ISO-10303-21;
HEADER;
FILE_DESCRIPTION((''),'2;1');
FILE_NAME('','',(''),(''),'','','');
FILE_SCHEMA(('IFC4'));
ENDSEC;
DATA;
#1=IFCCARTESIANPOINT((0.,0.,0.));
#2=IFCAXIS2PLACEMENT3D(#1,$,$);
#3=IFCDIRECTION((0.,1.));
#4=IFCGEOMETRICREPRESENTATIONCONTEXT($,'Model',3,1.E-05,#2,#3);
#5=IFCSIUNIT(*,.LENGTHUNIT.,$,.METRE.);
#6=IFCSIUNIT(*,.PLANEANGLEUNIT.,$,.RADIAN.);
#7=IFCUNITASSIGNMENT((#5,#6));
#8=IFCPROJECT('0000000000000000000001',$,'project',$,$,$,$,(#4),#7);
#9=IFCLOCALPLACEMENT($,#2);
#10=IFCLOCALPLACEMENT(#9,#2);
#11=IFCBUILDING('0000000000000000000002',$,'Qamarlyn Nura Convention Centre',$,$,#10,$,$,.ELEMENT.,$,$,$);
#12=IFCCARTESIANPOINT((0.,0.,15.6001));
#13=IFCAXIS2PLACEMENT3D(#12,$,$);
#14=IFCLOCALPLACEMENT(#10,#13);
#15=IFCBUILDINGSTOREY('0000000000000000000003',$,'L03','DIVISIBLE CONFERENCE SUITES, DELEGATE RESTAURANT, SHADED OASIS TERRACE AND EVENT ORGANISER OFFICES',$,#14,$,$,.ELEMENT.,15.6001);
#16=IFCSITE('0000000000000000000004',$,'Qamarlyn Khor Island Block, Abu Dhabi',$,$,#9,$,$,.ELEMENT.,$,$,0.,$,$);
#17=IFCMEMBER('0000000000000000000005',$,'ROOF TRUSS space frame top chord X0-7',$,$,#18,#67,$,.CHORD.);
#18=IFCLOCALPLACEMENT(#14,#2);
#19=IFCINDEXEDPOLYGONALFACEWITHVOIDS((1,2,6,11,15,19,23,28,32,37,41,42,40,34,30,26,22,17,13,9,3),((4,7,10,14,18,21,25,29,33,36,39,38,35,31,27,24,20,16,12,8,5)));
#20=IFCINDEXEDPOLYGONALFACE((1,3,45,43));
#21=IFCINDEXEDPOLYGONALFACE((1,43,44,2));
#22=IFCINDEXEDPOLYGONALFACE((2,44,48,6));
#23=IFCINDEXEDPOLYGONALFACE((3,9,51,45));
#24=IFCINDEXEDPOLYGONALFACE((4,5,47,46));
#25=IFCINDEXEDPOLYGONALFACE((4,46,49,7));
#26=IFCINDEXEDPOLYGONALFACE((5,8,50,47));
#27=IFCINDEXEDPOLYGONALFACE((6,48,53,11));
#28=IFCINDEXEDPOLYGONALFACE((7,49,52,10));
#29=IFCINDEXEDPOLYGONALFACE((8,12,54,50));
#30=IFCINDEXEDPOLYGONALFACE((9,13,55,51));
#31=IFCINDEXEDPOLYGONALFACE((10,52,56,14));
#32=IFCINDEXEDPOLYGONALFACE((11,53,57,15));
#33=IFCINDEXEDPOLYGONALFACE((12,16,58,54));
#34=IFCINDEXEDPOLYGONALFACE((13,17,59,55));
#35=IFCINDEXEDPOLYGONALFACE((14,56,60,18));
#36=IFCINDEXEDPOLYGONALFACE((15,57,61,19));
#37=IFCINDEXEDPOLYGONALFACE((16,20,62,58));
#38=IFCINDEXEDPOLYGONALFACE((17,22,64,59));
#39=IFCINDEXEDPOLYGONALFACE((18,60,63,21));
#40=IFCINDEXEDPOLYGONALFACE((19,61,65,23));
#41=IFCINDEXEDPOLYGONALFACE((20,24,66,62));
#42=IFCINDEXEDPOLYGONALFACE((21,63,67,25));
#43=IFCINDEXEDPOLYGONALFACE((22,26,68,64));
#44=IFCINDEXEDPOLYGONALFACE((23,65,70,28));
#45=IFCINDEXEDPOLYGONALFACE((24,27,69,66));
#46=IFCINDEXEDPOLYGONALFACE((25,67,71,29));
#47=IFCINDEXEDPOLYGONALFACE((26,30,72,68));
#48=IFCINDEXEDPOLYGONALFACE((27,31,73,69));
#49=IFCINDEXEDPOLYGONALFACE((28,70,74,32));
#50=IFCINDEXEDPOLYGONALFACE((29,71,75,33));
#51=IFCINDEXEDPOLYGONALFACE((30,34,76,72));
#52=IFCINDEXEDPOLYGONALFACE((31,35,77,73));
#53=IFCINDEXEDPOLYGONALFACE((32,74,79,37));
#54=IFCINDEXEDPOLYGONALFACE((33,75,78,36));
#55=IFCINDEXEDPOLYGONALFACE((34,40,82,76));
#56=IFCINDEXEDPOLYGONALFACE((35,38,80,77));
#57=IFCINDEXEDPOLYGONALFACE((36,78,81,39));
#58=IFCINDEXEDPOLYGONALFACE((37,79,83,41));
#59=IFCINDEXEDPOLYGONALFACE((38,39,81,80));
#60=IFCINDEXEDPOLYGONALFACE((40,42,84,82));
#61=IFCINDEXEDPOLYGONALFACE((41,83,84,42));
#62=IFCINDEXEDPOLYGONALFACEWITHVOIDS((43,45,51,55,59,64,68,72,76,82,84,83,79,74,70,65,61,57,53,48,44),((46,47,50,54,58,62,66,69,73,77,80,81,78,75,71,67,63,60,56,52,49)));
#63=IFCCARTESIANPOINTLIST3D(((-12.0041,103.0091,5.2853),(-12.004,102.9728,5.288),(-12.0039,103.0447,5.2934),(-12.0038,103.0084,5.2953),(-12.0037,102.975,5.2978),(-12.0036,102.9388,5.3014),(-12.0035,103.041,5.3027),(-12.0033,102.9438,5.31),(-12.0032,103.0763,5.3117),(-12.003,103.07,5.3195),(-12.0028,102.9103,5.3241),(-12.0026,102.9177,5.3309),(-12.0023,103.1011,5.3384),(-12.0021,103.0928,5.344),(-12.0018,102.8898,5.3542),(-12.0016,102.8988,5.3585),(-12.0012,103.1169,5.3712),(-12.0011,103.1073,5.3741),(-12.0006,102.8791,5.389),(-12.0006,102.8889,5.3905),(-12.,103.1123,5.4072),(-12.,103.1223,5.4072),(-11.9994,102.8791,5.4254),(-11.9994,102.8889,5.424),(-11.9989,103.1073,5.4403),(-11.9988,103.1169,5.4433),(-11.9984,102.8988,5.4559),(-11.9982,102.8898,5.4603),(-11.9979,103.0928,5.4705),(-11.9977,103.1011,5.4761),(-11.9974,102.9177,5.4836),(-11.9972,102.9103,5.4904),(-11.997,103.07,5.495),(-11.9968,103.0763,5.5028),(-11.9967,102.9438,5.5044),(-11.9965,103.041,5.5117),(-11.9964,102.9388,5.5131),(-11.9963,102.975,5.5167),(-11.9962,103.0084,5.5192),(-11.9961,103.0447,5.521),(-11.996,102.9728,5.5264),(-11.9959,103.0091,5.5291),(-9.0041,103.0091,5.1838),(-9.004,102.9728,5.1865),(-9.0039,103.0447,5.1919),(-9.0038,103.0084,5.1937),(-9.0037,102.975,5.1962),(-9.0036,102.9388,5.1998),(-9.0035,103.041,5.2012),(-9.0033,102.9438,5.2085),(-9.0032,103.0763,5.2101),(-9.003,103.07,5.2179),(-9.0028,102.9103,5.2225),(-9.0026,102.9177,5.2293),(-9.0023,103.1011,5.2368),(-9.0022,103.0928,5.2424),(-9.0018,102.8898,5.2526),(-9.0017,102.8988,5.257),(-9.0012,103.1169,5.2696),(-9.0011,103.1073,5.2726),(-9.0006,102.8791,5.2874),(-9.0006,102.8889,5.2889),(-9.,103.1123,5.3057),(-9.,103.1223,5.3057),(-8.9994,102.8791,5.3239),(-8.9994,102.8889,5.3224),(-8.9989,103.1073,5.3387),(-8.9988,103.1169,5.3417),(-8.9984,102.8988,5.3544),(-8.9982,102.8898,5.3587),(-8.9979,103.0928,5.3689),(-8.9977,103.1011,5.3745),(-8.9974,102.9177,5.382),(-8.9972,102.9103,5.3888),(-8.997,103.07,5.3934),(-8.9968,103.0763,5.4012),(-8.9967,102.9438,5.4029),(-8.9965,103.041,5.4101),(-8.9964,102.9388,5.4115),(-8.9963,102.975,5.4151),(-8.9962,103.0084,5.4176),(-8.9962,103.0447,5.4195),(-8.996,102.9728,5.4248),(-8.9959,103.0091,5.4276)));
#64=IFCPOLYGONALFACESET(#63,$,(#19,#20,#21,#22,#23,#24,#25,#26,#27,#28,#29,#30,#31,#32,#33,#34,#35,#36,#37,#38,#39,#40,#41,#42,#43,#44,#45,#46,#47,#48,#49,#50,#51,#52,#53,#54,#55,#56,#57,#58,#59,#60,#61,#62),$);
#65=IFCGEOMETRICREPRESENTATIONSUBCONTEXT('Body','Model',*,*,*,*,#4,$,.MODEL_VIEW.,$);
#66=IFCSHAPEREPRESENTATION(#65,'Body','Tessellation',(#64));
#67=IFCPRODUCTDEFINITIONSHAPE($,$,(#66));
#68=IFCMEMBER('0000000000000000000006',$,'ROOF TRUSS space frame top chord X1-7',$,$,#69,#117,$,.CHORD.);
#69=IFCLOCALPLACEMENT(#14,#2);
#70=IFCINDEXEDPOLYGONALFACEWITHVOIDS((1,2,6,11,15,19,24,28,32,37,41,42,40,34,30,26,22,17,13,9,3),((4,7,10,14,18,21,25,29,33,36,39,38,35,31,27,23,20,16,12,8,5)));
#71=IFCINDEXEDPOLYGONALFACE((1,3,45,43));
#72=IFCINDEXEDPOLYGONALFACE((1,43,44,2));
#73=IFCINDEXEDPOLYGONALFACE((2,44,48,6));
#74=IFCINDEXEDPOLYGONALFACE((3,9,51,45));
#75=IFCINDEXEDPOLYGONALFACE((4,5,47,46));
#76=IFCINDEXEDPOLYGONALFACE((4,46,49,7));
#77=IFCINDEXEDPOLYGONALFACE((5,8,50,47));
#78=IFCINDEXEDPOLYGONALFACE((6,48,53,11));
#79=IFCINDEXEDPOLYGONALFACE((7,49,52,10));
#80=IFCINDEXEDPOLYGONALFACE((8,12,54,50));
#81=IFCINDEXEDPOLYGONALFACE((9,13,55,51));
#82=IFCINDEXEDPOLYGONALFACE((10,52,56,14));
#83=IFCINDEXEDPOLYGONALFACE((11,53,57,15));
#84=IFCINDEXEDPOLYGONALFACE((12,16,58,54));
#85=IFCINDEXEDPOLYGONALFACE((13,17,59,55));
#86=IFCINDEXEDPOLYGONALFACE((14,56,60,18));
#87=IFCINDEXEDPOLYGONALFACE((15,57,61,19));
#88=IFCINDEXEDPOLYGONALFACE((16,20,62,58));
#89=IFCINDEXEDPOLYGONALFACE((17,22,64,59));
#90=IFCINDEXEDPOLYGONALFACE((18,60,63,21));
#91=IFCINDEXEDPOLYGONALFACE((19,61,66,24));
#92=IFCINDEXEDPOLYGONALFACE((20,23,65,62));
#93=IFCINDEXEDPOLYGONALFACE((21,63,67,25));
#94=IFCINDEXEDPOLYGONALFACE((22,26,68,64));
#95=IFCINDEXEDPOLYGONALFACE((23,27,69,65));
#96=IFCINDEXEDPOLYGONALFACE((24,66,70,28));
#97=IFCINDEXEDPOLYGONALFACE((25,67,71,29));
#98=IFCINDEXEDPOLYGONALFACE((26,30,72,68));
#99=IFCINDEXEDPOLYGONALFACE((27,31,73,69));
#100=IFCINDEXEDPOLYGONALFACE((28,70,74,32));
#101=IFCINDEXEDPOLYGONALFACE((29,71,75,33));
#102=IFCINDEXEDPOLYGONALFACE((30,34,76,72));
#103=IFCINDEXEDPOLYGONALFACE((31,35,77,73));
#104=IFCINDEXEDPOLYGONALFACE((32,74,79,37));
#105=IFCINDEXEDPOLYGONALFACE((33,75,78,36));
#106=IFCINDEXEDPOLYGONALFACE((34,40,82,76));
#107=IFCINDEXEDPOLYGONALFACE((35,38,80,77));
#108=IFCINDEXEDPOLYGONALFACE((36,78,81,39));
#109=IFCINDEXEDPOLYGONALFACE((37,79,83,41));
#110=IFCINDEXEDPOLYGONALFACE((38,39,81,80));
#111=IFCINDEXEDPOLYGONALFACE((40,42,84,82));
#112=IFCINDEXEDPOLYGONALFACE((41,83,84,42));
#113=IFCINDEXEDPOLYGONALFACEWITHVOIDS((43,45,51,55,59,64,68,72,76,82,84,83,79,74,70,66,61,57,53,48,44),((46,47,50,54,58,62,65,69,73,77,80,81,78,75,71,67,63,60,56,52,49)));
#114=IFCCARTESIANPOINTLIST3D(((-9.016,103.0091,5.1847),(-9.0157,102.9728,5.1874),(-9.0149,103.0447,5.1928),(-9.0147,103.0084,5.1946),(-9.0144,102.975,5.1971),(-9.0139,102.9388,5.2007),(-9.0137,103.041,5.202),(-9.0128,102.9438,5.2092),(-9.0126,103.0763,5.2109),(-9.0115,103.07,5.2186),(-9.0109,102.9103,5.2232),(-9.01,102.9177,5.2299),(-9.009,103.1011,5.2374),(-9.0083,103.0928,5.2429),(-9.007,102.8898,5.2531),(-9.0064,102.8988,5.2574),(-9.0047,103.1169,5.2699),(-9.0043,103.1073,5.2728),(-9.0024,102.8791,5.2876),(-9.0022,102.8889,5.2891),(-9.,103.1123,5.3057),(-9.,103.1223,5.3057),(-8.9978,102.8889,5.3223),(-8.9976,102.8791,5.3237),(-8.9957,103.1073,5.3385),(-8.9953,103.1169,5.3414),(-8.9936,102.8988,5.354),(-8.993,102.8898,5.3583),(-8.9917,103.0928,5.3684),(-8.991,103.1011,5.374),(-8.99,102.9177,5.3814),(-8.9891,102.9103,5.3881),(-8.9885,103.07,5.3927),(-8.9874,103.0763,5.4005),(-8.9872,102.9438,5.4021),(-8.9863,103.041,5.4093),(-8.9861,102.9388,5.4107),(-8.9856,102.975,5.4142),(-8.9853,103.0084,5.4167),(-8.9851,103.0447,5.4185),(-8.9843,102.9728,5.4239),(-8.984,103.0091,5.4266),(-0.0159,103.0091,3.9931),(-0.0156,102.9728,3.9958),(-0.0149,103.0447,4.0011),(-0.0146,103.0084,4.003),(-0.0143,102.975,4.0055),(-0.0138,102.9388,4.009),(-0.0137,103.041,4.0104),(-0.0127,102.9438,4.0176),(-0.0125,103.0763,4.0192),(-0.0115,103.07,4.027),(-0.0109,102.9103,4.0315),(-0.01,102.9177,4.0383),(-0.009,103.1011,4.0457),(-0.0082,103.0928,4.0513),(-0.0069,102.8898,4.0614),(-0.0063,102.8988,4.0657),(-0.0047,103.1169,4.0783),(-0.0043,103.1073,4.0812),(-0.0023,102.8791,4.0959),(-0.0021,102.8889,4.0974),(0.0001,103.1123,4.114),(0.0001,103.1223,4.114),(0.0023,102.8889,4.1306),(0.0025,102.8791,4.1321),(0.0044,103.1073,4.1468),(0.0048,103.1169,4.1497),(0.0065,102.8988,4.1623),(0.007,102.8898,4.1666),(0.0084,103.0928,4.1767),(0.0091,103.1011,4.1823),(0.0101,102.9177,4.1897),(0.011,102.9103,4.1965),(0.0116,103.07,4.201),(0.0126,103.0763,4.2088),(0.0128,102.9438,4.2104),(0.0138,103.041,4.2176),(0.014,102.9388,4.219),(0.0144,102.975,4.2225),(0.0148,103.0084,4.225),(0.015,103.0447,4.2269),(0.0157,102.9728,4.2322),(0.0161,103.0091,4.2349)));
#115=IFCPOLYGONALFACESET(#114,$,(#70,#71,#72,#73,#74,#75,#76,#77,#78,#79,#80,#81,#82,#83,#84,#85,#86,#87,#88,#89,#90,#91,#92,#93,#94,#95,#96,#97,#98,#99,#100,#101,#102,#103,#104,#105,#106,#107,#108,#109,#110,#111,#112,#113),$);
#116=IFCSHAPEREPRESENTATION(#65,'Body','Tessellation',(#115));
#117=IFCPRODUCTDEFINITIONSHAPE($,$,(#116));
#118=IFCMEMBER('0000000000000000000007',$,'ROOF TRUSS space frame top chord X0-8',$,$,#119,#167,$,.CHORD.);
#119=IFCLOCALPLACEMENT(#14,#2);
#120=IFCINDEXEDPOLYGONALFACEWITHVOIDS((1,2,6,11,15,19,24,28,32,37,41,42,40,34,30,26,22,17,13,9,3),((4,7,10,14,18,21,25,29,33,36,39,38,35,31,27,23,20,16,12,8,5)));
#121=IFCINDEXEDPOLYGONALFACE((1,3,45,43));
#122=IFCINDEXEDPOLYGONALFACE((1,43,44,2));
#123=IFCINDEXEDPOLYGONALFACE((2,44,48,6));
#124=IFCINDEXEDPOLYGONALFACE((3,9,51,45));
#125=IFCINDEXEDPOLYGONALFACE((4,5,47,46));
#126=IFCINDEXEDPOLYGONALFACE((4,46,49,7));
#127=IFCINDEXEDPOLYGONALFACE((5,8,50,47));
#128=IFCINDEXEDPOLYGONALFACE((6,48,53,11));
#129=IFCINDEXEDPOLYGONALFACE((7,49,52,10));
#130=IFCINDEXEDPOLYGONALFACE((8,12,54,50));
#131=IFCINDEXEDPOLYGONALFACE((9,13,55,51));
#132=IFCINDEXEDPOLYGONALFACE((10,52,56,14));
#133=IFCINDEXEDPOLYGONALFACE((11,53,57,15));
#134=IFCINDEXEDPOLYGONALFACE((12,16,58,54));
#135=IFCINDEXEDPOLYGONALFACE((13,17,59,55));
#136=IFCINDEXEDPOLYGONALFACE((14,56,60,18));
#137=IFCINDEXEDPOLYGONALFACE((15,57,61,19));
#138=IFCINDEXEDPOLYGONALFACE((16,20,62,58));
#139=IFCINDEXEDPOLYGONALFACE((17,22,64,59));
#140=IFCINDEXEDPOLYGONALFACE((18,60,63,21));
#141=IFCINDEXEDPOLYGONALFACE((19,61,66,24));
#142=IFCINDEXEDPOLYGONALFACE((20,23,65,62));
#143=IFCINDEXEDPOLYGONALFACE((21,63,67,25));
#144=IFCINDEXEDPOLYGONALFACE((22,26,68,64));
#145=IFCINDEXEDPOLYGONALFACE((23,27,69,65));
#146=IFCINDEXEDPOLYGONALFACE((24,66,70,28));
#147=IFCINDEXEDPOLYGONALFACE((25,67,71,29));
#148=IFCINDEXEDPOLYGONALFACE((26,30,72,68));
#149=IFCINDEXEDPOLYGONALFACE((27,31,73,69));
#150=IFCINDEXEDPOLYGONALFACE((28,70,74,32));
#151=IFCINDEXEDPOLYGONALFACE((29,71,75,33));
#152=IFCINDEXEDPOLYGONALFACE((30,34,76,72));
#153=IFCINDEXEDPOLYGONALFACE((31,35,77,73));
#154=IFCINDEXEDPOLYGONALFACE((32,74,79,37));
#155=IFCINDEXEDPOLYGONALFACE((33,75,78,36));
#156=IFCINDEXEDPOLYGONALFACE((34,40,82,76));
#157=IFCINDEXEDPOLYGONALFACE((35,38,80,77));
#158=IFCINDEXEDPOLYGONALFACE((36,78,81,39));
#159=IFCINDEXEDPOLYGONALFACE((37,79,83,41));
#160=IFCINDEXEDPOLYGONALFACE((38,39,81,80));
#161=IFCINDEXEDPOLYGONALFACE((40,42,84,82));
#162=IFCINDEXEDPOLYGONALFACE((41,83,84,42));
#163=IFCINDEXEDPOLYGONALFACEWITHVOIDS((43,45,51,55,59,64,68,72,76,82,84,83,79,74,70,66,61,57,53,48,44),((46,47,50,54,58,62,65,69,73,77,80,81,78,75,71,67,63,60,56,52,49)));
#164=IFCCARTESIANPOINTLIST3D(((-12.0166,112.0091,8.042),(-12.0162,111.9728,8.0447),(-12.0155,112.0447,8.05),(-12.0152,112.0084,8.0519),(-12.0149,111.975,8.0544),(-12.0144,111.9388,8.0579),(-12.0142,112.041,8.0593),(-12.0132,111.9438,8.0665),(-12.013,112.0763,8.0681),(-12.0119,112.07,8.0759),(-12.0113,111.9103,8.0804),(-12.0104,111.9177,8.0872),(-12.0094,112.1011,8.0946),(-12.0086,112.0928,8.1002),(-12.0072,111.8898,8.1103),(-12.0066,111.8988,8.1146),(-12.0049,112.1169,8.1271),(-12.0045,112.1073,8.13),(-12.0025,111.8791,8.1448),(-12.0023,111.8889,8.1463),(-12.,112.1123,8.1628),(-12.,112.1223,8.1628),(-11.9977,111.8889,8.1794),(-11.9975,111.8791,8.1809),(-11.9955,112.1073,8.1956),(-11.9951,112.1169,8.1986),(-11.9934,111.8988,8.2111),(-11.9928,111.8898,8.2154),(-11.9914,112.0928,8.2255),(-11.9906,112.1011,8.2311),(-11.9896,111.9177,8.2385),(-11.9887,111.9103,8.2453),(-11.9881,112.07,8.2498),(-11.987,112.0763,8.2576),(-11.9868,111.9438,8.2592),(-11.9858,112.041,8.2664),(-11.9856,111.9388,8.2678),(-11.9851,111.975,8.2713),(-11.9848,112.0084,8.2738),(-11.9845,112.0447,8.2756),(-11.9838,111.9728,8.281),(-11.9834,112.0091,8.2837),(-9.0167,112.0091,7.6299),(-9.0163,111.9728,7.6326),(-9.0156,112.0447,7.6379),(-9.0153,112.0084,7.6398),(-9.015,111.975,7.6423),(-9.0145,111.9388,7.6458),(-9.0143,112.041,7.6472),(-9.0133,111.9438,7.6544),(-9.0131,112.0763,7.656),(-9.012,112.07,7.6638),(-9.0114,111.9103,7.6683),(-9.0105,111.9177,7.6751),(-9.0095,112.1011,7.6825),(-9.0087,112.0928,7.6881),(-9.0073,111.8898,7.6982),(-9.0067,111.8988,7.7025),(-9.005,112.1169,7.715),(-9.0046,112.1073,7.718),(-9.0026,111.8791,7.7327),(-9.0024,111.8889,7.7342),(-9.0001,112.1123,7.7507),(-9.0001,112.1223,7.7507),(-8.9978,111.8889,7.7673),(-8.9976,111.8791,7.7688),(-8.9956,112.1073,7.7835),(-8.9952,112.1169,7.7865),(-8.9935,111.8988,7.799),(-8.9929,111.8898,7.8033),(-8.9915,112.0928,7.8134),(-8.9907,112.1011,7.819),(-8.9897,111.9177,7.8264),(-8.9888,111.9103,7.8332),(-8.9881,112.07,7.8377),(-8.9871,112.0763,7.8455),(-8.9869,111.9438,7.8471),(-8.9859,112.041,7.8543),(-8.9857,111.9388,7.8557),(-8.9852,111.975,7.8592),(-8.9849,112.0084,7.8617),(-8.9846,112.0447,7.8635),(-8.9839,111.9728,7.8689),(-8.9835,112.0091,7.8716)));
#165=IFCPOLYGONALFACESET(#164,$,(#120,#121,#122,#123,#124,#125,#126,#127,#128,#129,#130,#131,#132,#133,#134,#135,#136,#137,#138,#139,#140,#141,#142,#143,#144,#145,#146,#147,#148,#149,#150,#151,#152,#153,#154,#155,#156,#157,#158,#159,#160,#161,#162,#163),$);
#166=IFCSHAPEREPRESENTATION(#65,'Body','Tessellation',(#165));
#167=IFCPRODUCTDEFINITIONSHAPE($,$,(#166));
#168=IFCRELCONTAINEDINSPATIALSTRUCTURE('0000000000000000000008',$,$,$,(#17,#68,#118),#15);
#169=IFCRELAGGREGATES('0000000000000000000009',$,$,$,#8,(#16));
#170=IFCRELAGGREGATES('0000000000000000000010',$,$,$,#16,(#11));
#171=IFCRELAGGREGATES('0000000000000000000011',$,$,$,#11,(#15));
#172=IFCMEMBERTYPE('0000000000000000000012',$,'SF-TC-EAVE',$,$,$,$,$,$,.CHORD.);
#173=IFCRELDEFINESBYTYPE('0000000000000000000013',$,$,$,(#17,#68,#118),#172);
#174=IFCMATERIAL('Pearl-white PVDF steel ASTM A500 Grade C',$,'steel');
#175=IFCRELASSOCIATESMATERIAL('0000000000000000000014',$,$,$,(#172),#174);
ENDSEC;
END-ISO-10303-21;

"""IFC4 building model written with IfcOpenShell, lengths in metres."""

from ifc_helpers import new_model, si_unit, direction, frame, origin, origin_2d, place, context, subcontext, project, spatial, hollow_circle, extrude, material, material_profile, profile_set, type_object, element, save


model = new_model("IFC4")

# Units and contexts
model_context = context("Model", 3, precision=1e-05, world=origin(), true_north=direction((0.0, 1.0)))
body_context = subcontext(model_context, "Body", "Model", "MODEL_VIEW")
ifc_project = project(units=[si_unit("LENGTHUNIT", "METRE"), si_unit("PLANEANGLEUNIT", "RADIAN")], contexts=[model_context])

# Site, building, storey
site_placement = place(None, origin())
site = spatial("IfcSite", under=ifc_project, at=site_placement, Name="Qamarlyn Khor Island Block, Abu Dhabi", CompositionType="ELEMENT", RefElevation=0.0)
building_placement = place(site_placement, origin())
building = spatial("IfcBuilding", under=site, at=building_placement, Name="Qamarlyn Nura Convention Centre", CompositionType="ELEMENT")
storey_placement = place(building_placement, frame((0.0, 0.0, 15.6001)))
storey = spatial("IfcBuildingStorey", under=building, at=storey_placement, Name="L03", Description="DIVISIBLE CONFERENCE SUITES, DELEGATE RESTAURANT, SHADED OASIS TERRACE AND EVENT ORGANISER OFFICES", CompositionType="ELEMENT", Elevation=15.6001)

# Members
ifc_material_1 = material(Name="Pearl-white PVDF steel ASTM A500 Grade C", Category="steel")
ifc_material_profile_1 = material_profile(ifc_material_1, hollow_circle(Radius=0.1223, WallThickness=0.01, at=origin_2d()), Name="CHS244.5X10")
ifc_profile_set_1 = profile_set([ifc_material_profile_1], Name="Pearl-white PVDF steel ASTM A500 Grade C")
member_type_1 = type_object("IfcMemberType", Name="SF-TC-EAVE", PredefinedType="CHORD", material=ifc_profile_set_1)
member_1_placement = place(storey_placement, frame((-12.0, 103.0, 5.4072), z_axis=(0.999427, 0.0, -0.033835), x_axis=(0.0, 1.0, 0.0)))
element("IfcMember", 1, at=member_1_placement, inside=storey, type_object=member_type_1, Name="ROOF TRUSS space frame top chord X0-7", PredefinedType="CHORD", context=body_context, shape_type="SweptSolid", body=[
    extrude(hollow_circle(Radius=0.1223, WallThickness=0.01, at=origin_2d()), origin(), (0.0, 0.0, 1.0), 3.0017),
])
member_2_placement = place(storey_placement, frame((-9.0, 103.0, 5.3057), z_axis=(0.991348, 0.0, -0.13126), x_axis=(0.0, 1.0, 0.0)))
element("IfcMember", 2, at=member_2_placement, inside=storey, type_object=member_type_1, Name="ROOF TRUSS space frame top chord X1-7", PredefinedType="CHORD", context=body_context, shape_type="SweptSolid", body=[
    extrude(hollow_circle(Radius=0.1223, WallThickness=0.01, at=origin_2d()), origin(), (0.0, 0.0, 1.0), 9.0786),
])
member_3_placement = place(storey_placement, frame((-12.0, 112.0, 8.1628), z_axis=(0.990696, 0.0, -0.136092), x_axis=(0.0, 1.0, 0.0)))
element("IfcMember", 3, at=member_3_placement, inside=storey, type_object=member_type_1, Name="ROOF TRUSS space frame top chord X0-8", PredefinedType="CHORD", context=body_context, shape_type="SweptSolid", body=[
    extrude(hollow_circle(Radius=0.1223, WallThickness=0.01, at=origin_2d()), origin(), (0.0, 0.0, 1.0), 3.0281),
])

save(model, "model.ifc")
